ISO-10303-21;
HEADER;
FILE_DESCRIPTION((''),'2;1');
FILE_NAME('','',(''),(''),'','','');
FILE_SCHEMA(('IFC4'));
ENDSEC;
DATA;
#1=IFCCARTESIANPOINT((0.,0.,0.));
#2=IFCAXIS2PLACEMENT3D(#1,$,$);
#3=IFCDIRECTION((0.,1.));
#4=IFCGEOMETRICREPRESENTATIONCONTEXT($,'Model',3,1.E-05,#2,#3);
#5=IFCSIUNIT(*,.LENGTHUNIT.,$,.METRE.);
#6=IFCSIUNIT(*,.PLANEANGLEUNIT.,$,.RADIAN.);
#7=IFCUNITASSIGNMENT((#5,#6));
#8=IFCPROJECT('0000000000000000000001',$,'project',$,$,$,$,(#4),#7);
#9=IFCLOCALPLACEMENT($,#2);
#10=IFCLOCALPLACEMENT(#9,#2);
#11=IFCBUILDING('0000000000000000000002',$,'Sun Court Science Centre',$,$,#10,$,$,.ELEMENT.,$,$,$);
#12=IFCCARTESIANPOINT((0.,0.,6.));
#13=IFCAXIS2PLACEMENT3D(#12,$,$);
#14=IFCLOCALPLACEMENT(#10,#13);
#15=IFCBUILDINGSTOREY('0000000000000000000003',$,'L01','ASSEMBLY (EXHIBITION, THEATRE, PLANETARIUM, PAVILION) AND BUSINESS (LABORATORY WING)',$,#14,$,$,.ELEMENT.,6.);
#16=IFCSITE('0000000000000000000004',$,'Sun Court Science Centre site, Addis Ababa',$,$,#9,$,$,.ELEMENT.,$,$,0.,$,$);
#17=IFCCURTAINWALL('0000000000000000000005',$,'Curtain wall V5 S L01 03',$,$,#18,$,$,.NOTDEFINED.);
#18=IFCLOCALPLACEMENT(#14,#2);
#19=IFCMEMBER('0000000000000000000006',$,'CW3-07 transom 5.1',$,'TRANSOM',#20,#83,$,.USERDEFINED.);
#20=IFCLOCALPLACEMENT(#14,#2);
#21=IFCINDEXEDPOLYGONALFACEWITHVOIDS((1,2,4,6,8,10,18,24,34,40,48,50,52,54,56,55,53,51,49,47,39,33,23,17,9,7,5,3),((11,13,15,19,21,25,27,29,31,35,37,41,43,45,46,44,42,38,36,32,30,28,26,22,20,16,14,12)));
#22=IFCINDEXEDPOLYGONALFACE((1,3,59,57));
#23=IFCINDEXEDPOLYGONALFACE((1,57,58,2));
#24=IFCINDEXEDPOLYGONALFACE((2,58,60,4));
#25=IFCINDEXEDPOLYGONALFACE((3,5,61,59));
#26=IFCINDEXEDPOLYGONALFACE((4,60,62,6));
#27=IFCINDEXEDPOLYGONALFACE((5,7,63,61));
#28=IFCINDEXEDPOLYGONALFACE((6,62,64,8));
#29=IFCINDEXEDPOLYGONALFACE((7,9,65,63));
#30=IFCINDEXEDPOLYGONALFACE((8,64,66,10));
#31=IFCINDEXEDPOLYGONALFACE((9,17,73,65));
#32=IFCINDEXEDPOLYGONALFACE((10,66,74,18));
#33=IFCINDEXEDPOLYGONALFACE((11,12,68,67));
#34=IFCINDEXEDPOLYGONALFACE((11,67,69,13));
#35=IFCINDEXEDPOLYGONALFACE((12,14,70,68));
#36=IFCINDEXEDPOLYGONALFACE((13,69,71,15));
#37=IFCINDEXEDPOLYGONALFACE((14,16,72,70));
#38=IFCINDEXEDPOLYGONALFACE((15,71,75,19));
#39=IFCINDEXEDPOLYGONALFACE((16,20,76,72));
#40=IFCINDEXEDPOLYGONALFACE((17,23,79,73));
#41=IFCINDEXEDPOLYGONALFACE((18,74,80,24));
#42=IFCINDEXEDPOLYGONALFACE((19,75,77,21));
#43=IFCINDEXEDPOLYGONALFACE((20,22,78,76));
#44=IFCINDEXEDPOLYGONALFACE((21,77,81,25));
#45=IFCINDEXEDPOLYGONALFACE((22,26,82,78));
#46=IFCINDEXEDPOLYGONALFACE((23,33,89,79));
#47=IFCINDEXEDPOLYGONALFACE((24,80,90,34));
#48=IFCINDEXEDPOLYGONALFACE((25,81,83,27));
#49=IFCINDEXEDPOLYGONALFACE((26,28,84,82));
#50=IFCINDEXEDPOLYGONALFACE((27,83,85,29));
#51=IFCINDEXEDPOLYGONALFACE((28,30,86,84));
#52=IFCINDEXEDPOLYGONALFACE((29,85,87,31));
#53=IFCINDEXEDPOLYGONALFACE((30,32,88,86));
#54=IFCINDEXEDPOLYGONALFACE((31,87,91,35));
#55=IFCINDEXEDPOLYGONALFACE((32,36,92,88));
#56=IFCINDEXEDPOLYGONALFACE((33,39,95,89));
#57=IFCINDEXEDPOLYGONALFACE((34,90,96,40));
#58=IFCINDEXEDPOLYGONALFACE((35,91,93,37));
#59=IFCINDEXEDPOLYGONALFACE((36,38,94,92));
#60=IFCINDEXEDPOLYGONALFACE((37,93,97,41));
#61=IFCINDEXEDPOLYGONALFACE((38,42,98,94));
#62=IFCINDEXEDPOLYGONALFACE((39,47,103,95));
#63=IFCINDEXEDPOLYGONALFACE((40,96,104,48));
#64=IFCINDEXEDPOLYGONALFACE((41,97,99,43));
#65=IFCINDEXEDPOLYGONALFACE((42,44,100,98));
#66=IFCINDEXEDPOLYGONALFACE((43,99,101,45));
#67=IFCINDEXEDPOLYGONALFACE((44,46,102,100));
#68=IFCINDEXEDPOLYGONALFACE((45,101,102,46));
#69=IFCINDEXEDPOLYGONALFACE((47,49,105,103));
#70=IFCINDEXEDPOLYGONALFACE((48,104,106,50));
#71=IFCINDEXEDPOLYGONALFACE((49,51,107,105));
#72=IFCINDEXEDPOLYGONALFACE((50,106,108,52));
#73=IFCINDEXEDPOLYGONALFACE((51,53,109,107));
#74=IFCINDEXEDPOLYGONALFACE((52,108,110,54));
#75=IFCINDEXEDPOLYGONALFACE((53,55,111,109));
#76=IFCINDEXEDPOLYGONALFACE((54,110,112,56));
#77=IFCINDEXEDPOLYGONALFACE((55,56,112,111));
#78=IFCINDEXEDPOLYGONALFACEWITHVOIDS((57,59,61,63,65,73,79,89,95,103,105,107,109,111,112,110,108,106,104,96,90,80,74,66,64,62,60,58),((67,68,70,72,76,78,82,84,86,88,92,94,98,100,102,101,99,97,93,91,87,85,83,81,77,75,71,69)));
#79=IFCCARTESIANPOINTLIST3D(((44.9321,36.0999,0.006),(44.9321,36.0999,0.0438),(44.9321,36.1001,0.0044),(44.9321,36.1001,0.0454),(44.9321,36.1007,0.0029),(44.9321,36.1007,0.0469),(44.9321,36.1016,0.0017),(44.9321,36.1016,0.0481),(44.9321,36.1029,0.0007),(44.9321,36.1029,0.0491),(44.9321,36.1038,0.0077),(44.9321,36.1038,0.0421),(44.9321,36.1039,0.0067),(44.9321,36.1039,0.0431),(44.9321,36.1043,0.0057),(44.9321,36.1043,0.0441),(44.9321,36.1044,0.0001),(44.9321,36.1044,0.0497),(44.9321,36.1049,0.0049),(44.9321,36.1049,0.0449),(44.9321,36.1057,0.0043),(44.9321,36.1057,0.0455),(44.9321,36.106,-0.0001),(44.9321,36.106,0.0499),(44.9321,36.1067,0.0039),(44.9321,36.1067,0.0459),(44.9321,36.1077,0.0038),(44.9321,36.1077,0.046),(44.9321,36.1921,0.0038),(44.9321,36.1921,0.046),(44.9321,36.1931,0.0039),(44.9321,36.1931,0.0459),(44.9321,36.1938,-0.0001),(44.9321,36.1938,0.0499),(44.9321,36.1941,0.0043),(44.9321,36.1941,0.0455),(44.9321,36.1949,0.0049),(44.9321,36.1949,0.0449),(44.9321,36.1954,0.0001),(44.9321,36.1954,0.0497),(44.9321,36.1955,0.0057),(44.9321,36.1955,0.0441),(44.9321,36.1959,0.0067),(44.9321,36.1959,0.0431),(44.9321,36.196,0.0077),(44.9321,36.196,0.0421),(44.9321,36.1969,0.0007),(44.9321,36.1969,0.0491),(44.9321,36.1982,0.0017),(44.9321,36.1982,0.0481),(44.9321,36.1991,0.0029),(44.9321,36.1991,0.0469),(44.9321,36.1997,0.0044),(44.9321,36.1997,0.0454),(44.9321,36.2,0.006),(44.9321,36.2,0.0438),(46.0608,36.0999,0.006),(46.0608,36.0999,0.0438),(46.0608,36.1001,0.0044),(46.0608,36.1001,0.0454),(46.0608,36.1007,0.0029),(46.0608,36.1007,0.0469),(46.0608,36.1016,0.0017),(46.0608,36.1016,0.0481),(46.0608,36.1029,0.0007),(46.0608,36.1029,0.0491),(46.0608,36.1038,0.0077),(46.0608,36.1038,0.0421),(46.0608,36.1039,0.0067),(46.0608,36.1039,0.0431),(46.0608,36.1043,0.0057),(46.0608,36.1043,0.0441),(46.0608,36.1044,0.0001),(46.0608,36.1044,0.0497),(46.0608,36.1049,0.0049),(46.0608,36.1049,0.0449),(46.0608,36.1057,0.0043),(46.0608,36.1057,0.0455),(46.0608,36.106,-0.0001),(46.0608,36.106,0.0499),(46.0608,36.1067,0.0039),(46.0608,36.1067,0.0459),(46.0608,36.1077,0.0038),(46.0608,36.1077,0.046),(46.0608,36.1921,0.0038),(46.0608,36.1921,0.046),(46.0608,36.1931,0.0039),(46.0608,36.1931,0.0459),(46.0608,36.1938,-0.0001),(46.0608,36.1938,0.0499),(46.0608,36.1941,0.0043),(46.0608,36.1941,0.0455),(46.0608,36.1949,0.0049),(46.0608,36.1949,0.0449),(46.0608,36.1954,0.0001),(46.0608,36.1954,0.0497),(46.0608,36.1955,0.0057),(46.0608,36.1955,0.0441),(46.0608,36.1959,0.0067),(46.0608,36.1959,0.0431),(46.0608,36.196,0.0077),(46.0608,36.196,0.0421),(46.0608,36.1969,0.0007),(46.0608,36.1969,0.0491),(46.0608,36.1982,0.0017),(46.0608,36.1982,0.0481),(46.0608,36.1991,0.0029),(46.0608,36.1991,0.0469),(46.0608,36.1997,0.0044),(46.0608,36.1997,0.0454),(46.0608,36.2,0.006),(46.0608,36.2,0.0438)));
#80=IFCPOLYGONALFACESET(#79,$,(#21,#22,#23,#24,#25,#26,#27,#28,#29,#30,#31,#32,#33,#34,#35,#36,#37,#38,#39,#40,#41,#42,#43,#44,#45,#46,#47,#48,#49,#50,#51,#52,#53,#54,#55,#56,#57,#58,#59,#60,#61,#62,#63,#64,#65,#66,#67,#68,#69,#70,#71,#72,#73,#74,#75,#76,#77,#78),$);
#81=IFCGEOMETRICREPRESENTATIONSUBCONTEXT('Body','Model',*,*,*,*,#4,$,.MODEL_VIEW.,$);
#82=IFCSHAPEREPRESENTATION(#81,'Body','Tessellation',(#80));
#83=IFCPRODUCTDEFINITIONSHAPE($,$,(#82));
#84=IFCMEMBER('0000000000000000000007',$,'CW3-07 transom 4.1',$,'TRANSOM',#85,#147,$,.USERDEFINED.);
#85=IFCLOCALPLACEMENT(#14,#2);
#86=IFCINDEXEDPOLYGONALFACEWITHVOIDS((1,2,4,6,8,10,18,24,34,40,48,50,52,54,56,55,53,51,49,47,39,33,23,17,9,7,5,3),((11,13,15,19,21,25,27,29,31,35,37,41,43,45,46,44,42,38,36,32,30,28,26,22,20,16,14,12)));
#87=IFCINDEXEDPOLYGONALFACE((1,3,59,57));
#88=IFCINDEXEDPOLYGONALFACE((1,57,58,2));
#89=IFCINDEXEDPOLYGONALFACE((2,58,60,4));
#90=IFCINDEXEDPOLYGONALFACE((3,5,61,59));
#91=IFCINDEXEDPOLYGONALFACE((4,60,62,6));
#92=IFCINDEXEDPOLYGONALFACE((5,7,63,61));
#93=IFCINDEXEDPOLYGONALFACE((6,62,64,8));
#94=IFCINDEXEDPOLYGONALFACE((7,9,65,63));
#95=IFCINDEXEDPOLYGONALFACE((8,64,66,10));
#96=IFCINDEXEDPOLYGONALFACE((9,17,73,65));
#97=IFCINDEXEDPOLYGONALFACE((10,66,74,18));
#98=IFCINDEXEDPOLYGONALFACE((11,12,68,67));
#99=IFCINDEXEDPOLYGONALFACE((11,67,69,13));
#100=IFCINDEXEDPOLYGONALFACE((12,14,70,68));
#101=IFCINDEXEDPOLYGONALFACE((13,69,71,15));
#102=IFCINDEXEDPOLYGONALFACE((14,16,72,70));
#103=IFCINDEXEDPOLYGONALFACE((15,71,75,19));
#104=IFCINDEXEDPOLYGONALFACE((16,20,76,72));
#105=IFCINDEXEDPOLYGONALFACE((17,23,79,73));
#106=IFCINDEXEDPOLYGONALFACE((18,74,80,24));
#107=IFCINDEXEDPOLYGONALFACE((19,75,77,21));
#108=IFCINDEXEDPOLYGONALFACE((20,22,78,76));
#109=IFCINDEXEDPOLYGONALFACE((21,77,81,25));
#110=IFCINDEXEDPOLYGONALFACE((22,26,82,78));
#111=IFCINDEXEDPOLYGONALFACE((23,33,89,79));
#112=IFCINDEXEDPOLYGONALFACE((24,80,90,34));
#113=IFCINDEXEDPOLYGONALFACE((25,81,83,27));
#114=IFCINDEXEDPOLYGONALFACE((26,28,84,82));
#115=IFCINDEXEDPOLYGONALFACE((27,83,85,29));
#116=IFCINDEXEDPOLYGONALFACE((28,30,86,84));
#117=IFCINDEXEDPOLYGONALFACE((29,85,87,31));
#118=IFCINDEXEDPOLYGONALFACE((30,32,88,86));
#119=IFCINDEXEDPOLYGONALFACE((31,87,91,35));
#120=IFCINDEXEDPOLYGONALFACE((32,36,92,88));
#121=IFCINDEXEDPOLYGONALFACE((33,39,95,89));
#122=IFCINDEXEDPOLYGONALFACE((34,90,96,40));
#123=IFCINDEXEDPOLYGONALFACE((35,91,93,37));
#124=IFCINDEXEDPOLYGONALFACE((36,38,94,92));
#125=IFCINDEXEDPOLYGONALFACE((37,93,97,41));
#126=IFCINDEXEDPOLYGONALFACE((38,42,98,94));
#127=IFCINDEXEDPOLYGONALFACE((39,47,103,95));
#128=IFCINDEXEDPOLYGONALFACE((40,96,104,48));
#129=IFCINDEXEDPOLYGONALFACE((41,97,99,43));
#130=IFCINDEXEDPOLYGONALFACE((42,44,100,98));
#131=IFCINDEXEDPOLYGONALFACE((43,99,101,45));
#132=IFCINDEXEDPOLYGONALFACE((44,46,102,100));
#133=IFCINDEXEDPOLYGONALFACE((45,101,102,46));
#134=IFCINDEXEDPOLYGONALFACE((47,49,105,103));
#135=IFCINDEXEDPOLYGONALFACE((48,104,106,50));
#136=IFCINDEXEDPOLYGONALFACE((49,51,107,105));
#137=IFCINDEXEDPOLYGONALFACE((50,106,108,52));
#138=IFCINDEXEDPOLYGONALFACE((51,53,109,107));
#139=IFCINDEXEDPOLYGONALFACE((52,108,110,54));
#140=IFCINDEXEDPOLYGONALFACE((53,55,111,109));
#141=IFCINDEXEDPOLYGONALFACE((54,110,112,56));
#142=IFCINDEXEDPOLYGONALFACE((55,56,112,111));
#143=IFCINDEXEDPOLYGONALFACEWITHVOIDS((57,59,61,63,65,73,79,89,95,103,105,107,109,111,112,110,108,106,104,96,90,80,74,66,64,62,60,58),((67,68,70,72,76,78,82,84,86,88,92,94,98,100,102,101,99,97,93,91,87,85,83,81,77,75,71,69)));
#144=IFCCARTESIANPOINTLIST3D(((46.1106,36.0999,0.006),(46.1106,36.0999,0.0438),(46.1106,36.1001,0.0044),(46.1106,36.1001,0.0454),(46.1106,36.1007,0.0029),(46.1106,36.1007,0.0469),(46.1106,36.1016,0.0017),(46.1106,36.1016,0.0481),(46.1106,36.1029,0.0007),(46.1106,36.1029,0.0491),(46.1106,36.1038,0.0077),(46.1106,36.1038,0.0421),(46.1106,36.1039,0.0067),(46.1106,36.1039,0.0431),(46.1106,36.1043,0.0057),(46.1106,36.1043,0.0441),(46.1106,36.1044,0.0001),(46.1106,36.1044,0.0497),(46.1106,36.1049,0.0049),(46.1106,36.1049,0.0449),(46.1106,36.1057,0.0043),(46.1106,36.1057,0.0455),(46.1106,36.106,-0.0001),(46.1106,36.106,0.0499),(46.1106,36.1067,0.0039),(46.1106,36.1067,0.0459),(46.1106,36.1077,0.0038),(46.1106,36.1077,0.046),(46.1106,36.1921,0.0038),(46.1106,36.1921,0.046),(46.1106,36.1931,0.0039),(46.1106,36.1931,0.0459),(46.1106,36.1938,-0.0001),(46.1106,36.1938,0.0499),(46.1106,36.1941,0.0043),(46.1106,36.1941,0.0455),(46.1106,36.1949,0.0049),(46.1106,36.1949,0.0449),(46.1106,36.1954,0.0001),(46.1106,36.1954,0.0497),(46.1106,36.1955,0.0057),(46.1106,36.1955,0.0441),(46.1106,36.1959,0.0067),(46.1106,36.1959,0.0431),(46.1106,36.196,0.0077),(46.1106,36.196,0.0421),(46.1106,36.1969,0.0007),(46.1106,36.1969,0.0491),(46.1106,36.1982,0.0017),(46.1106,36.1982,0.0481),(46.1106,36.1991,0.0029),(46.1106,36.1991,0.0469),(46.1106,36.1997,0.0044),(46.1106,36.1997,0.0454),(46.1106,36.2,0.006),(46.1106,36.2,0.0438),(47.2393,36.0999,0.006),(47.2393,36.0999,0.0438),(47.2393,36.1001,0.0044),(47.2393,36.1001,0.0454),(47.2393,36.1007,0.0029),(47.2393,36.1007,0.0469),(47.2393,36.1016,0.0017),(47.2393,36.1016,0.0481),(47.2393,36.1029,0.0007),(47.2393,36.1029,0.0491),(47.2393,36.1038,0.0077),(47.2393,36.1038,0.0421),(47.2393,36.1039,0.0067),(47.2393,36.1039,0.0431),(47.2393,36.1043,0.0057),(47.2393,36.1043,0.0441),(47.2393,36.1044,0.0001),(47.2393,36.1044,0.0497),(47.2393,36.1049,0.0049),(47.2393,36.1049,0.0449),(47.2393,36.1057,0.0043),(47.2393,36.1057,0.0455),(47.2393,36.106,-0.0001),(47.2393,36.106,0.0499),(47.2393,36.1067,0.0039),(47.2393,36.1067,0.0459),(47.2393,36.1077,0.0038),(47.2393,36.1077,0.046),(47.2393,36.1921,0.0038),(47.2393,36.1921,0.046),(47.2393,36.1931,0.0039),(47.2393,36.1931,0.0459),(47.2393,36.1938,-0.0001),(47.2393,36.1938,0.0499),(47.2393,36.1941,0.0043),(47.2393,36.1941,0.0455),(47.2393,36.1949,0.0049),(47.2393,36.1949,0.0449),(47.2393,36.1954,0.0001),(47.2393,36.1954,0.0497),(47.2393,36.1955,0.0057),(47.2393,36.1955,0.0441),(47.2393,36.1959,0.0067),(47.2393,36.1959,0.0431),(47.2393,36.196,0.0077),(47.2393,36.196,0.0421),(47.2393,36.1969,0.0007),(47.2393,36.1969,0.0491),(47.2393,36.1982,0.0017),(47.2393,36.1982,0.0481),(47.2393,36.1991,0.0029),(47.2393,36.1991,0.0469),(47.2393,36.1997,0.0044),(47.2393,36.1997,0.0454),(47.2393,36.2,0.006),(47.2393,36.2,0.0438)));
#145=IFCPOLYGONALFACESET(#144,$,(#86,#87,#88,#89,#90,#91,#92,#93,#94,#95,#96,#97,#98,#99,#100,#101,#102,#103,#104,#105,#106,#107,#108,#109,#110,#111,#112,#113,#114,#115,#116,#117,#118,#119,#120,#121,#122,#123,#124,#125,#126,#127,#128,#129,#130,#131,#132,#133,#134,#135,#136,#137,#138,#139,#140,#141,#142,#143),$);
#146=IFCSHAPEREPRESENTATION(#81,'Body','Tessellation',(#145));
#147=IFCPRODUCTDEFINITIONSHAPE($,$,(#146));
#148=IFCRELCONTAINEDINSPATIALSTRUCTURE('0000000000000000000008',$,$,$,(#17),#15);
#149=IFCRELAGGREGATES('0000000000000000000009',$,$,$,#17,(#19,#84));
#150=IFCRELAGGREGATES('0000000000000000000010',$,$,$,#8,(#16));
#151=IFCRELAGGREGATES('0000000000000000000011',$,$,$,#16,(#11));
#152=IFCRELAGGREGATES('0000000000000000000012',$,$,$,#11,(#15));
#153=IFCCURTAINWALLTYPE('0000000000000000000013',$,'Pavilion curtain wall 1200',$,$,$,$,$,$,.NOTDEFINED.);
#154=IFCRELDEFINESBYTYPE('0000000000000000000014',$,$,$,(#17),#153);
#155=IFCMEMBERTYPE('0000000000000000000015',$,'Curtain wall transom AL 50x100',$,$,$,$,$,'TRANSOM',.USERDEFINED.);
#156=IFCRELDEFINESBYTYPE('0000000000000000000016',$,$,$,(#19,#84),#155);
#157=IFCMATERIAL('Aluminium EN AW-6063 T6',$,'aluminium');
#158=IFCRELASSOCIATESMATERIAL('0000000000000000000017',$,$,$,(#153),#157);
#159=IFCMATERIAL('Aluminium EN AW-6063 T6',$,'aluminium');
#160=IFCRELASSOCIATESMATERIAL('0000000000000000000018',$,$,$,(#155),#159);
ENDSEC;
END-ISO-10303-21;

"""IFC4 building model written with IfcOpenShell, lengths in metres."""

from ifc_helpers import new_model, si_unit, direction, frame, origin, origin_2d, place, context, subcontext, project, spatial, hollow_rectangle, extrude, material, material_profile, profile_set, type_object, element, aggregate, save


model = new_model("IFC4")

# Units and contexts
model_context = context("Model", 3, precision=1e-05, world=origin(), true_north=direction((0.0, 1.0)))
body_context = subcontext(model_context, "Body", "Model", "MODEL_VIEW")
ifc_project = project(units=[si_unit("LENGTHUNIT", "METRE"), si_unit("PLANEANGLEUNIT", "RADIAN")], contexts=[model_context])

# Site, building, storey
site_placement = place(None, origin())
site = spatial("IfcSite", under=ifc_project, at=site_placement, Name="Sun Court Science Centre site, Addis Ababa", CompositionType="ELEMENT", RefElevation=0.0)
building_placement = place(site_placement, origin())
building = spatial("IfcBuilding", under=site, at=building_placement, Name="Sun Court Science Centre", CompositionType="ELEMENT")
storey_placement = place(building_placement, frame((0.0, 0.0, 6.0)))
storey = spatial("IfcBuildingStorey", under=building, at=storey_placement, Name="L01", Description="ASSEMBLY (EXHIBITION, THEATRE, PLANETARIUM, PAVILION) AND BUSINESS (LABORATORY WING)", CompositionType="ELEMENT", Elevation=6.0)

# Curtain wall
ifc_material_1 = material(Name="Aluminium EN AW-6063 T6", Category="aluminium")
curtain_wall_type_1 = type_object("IfcCurtainWallType", Name="Pavilion curtain wall 1200", PredefinedType="NOTDEFINED", material=ifc_material_1)
curtain_wall_1_placement = place(storey_placement, origin())
curtain_wall_1 = element("IfcCurtainWall", 1, at=curtain_wall_1_placement, inside=storey, type_object=curtain_wall_type_1, Name="Curtain wall V5 S L01 03", PredefinedType="NOTDEFINED")

# Members
ifc_material_2 = material(Name="Aluminium EN AW-6063 T6", Category="aluminium")
ifc_material_profile_1 = material_profile(ifc_material_2, hollow_rectangle(XDim=0.05, YDim=0.1001, WallThickness=0.0039, InnerFilletRadius=0.0039, OuterFilletRadius=0.0061, at=origin_2d()), Name="AL 50x100x4")
ifc_profile_set_1 = profile_set([ifc_material_profile_1], Name="Aluminium EN AW-6063 T6")
member_type_1 = type_object("IfcMemberType", Name="Curtain wall transom AL 50x100", ElementType="TRANSOM", PredefinedType="USERDEFINED", material=ifc_profile_set_1)
member_1_placement = place(storey_placement, frame((46.0608, 36.1499, 0.0249), z_axis=(-1.0, 0.0, 0.0), x_axis=(0.0, 0.0, 1.0)))
member_1 = element("IfcMember", 2, at=member_1_placement, type_object=member_type_1, Name="CW3-07 transom 5.1", ObjectType="TRANSOM", PredefinedType="USERDEFINED", context=body_context, shape_type="SweptSolid", body=[
    extrude(hollow_rectangle(XDim=0.05, YDim=0.1001, WallThickness=0.0039, InnerFilletRadius=0.0039, OuterFilletRadius=0.0061, at=origin_2d()), origin(), (0.0, 0.0, 1.0), 1.1287),
])
member_2_placement = place(storey_placement, frame((47.2393, 36.1499, 0.0249), z_axis=(-1.0, 0.0, 0.0), x_axis=(0.0, 0.0, 1.0)))
member_2 = element("IfcMember", 3, at=member_2_placement, type_object=member_type_1, Name="CW3-07 transom 4.1", ObjectType="TRANSOM", PredefinedType="USERDEFINED", context=body_context, shape_type="SweptSolid", body=[
    extrude(hollow_rectangle(XDim=0.05, YDim=0.1001, WallThickness=0.0039, InnerFilletRadius=0.0039, OuterFilletRadius=0.0061, at=origin_2d()), origin(), (0.0, 0.0, 1.0), 1.1287),
])

aggregate(curtain_wall_1, [member_1, member_2])

save(model, "model.ifc")
